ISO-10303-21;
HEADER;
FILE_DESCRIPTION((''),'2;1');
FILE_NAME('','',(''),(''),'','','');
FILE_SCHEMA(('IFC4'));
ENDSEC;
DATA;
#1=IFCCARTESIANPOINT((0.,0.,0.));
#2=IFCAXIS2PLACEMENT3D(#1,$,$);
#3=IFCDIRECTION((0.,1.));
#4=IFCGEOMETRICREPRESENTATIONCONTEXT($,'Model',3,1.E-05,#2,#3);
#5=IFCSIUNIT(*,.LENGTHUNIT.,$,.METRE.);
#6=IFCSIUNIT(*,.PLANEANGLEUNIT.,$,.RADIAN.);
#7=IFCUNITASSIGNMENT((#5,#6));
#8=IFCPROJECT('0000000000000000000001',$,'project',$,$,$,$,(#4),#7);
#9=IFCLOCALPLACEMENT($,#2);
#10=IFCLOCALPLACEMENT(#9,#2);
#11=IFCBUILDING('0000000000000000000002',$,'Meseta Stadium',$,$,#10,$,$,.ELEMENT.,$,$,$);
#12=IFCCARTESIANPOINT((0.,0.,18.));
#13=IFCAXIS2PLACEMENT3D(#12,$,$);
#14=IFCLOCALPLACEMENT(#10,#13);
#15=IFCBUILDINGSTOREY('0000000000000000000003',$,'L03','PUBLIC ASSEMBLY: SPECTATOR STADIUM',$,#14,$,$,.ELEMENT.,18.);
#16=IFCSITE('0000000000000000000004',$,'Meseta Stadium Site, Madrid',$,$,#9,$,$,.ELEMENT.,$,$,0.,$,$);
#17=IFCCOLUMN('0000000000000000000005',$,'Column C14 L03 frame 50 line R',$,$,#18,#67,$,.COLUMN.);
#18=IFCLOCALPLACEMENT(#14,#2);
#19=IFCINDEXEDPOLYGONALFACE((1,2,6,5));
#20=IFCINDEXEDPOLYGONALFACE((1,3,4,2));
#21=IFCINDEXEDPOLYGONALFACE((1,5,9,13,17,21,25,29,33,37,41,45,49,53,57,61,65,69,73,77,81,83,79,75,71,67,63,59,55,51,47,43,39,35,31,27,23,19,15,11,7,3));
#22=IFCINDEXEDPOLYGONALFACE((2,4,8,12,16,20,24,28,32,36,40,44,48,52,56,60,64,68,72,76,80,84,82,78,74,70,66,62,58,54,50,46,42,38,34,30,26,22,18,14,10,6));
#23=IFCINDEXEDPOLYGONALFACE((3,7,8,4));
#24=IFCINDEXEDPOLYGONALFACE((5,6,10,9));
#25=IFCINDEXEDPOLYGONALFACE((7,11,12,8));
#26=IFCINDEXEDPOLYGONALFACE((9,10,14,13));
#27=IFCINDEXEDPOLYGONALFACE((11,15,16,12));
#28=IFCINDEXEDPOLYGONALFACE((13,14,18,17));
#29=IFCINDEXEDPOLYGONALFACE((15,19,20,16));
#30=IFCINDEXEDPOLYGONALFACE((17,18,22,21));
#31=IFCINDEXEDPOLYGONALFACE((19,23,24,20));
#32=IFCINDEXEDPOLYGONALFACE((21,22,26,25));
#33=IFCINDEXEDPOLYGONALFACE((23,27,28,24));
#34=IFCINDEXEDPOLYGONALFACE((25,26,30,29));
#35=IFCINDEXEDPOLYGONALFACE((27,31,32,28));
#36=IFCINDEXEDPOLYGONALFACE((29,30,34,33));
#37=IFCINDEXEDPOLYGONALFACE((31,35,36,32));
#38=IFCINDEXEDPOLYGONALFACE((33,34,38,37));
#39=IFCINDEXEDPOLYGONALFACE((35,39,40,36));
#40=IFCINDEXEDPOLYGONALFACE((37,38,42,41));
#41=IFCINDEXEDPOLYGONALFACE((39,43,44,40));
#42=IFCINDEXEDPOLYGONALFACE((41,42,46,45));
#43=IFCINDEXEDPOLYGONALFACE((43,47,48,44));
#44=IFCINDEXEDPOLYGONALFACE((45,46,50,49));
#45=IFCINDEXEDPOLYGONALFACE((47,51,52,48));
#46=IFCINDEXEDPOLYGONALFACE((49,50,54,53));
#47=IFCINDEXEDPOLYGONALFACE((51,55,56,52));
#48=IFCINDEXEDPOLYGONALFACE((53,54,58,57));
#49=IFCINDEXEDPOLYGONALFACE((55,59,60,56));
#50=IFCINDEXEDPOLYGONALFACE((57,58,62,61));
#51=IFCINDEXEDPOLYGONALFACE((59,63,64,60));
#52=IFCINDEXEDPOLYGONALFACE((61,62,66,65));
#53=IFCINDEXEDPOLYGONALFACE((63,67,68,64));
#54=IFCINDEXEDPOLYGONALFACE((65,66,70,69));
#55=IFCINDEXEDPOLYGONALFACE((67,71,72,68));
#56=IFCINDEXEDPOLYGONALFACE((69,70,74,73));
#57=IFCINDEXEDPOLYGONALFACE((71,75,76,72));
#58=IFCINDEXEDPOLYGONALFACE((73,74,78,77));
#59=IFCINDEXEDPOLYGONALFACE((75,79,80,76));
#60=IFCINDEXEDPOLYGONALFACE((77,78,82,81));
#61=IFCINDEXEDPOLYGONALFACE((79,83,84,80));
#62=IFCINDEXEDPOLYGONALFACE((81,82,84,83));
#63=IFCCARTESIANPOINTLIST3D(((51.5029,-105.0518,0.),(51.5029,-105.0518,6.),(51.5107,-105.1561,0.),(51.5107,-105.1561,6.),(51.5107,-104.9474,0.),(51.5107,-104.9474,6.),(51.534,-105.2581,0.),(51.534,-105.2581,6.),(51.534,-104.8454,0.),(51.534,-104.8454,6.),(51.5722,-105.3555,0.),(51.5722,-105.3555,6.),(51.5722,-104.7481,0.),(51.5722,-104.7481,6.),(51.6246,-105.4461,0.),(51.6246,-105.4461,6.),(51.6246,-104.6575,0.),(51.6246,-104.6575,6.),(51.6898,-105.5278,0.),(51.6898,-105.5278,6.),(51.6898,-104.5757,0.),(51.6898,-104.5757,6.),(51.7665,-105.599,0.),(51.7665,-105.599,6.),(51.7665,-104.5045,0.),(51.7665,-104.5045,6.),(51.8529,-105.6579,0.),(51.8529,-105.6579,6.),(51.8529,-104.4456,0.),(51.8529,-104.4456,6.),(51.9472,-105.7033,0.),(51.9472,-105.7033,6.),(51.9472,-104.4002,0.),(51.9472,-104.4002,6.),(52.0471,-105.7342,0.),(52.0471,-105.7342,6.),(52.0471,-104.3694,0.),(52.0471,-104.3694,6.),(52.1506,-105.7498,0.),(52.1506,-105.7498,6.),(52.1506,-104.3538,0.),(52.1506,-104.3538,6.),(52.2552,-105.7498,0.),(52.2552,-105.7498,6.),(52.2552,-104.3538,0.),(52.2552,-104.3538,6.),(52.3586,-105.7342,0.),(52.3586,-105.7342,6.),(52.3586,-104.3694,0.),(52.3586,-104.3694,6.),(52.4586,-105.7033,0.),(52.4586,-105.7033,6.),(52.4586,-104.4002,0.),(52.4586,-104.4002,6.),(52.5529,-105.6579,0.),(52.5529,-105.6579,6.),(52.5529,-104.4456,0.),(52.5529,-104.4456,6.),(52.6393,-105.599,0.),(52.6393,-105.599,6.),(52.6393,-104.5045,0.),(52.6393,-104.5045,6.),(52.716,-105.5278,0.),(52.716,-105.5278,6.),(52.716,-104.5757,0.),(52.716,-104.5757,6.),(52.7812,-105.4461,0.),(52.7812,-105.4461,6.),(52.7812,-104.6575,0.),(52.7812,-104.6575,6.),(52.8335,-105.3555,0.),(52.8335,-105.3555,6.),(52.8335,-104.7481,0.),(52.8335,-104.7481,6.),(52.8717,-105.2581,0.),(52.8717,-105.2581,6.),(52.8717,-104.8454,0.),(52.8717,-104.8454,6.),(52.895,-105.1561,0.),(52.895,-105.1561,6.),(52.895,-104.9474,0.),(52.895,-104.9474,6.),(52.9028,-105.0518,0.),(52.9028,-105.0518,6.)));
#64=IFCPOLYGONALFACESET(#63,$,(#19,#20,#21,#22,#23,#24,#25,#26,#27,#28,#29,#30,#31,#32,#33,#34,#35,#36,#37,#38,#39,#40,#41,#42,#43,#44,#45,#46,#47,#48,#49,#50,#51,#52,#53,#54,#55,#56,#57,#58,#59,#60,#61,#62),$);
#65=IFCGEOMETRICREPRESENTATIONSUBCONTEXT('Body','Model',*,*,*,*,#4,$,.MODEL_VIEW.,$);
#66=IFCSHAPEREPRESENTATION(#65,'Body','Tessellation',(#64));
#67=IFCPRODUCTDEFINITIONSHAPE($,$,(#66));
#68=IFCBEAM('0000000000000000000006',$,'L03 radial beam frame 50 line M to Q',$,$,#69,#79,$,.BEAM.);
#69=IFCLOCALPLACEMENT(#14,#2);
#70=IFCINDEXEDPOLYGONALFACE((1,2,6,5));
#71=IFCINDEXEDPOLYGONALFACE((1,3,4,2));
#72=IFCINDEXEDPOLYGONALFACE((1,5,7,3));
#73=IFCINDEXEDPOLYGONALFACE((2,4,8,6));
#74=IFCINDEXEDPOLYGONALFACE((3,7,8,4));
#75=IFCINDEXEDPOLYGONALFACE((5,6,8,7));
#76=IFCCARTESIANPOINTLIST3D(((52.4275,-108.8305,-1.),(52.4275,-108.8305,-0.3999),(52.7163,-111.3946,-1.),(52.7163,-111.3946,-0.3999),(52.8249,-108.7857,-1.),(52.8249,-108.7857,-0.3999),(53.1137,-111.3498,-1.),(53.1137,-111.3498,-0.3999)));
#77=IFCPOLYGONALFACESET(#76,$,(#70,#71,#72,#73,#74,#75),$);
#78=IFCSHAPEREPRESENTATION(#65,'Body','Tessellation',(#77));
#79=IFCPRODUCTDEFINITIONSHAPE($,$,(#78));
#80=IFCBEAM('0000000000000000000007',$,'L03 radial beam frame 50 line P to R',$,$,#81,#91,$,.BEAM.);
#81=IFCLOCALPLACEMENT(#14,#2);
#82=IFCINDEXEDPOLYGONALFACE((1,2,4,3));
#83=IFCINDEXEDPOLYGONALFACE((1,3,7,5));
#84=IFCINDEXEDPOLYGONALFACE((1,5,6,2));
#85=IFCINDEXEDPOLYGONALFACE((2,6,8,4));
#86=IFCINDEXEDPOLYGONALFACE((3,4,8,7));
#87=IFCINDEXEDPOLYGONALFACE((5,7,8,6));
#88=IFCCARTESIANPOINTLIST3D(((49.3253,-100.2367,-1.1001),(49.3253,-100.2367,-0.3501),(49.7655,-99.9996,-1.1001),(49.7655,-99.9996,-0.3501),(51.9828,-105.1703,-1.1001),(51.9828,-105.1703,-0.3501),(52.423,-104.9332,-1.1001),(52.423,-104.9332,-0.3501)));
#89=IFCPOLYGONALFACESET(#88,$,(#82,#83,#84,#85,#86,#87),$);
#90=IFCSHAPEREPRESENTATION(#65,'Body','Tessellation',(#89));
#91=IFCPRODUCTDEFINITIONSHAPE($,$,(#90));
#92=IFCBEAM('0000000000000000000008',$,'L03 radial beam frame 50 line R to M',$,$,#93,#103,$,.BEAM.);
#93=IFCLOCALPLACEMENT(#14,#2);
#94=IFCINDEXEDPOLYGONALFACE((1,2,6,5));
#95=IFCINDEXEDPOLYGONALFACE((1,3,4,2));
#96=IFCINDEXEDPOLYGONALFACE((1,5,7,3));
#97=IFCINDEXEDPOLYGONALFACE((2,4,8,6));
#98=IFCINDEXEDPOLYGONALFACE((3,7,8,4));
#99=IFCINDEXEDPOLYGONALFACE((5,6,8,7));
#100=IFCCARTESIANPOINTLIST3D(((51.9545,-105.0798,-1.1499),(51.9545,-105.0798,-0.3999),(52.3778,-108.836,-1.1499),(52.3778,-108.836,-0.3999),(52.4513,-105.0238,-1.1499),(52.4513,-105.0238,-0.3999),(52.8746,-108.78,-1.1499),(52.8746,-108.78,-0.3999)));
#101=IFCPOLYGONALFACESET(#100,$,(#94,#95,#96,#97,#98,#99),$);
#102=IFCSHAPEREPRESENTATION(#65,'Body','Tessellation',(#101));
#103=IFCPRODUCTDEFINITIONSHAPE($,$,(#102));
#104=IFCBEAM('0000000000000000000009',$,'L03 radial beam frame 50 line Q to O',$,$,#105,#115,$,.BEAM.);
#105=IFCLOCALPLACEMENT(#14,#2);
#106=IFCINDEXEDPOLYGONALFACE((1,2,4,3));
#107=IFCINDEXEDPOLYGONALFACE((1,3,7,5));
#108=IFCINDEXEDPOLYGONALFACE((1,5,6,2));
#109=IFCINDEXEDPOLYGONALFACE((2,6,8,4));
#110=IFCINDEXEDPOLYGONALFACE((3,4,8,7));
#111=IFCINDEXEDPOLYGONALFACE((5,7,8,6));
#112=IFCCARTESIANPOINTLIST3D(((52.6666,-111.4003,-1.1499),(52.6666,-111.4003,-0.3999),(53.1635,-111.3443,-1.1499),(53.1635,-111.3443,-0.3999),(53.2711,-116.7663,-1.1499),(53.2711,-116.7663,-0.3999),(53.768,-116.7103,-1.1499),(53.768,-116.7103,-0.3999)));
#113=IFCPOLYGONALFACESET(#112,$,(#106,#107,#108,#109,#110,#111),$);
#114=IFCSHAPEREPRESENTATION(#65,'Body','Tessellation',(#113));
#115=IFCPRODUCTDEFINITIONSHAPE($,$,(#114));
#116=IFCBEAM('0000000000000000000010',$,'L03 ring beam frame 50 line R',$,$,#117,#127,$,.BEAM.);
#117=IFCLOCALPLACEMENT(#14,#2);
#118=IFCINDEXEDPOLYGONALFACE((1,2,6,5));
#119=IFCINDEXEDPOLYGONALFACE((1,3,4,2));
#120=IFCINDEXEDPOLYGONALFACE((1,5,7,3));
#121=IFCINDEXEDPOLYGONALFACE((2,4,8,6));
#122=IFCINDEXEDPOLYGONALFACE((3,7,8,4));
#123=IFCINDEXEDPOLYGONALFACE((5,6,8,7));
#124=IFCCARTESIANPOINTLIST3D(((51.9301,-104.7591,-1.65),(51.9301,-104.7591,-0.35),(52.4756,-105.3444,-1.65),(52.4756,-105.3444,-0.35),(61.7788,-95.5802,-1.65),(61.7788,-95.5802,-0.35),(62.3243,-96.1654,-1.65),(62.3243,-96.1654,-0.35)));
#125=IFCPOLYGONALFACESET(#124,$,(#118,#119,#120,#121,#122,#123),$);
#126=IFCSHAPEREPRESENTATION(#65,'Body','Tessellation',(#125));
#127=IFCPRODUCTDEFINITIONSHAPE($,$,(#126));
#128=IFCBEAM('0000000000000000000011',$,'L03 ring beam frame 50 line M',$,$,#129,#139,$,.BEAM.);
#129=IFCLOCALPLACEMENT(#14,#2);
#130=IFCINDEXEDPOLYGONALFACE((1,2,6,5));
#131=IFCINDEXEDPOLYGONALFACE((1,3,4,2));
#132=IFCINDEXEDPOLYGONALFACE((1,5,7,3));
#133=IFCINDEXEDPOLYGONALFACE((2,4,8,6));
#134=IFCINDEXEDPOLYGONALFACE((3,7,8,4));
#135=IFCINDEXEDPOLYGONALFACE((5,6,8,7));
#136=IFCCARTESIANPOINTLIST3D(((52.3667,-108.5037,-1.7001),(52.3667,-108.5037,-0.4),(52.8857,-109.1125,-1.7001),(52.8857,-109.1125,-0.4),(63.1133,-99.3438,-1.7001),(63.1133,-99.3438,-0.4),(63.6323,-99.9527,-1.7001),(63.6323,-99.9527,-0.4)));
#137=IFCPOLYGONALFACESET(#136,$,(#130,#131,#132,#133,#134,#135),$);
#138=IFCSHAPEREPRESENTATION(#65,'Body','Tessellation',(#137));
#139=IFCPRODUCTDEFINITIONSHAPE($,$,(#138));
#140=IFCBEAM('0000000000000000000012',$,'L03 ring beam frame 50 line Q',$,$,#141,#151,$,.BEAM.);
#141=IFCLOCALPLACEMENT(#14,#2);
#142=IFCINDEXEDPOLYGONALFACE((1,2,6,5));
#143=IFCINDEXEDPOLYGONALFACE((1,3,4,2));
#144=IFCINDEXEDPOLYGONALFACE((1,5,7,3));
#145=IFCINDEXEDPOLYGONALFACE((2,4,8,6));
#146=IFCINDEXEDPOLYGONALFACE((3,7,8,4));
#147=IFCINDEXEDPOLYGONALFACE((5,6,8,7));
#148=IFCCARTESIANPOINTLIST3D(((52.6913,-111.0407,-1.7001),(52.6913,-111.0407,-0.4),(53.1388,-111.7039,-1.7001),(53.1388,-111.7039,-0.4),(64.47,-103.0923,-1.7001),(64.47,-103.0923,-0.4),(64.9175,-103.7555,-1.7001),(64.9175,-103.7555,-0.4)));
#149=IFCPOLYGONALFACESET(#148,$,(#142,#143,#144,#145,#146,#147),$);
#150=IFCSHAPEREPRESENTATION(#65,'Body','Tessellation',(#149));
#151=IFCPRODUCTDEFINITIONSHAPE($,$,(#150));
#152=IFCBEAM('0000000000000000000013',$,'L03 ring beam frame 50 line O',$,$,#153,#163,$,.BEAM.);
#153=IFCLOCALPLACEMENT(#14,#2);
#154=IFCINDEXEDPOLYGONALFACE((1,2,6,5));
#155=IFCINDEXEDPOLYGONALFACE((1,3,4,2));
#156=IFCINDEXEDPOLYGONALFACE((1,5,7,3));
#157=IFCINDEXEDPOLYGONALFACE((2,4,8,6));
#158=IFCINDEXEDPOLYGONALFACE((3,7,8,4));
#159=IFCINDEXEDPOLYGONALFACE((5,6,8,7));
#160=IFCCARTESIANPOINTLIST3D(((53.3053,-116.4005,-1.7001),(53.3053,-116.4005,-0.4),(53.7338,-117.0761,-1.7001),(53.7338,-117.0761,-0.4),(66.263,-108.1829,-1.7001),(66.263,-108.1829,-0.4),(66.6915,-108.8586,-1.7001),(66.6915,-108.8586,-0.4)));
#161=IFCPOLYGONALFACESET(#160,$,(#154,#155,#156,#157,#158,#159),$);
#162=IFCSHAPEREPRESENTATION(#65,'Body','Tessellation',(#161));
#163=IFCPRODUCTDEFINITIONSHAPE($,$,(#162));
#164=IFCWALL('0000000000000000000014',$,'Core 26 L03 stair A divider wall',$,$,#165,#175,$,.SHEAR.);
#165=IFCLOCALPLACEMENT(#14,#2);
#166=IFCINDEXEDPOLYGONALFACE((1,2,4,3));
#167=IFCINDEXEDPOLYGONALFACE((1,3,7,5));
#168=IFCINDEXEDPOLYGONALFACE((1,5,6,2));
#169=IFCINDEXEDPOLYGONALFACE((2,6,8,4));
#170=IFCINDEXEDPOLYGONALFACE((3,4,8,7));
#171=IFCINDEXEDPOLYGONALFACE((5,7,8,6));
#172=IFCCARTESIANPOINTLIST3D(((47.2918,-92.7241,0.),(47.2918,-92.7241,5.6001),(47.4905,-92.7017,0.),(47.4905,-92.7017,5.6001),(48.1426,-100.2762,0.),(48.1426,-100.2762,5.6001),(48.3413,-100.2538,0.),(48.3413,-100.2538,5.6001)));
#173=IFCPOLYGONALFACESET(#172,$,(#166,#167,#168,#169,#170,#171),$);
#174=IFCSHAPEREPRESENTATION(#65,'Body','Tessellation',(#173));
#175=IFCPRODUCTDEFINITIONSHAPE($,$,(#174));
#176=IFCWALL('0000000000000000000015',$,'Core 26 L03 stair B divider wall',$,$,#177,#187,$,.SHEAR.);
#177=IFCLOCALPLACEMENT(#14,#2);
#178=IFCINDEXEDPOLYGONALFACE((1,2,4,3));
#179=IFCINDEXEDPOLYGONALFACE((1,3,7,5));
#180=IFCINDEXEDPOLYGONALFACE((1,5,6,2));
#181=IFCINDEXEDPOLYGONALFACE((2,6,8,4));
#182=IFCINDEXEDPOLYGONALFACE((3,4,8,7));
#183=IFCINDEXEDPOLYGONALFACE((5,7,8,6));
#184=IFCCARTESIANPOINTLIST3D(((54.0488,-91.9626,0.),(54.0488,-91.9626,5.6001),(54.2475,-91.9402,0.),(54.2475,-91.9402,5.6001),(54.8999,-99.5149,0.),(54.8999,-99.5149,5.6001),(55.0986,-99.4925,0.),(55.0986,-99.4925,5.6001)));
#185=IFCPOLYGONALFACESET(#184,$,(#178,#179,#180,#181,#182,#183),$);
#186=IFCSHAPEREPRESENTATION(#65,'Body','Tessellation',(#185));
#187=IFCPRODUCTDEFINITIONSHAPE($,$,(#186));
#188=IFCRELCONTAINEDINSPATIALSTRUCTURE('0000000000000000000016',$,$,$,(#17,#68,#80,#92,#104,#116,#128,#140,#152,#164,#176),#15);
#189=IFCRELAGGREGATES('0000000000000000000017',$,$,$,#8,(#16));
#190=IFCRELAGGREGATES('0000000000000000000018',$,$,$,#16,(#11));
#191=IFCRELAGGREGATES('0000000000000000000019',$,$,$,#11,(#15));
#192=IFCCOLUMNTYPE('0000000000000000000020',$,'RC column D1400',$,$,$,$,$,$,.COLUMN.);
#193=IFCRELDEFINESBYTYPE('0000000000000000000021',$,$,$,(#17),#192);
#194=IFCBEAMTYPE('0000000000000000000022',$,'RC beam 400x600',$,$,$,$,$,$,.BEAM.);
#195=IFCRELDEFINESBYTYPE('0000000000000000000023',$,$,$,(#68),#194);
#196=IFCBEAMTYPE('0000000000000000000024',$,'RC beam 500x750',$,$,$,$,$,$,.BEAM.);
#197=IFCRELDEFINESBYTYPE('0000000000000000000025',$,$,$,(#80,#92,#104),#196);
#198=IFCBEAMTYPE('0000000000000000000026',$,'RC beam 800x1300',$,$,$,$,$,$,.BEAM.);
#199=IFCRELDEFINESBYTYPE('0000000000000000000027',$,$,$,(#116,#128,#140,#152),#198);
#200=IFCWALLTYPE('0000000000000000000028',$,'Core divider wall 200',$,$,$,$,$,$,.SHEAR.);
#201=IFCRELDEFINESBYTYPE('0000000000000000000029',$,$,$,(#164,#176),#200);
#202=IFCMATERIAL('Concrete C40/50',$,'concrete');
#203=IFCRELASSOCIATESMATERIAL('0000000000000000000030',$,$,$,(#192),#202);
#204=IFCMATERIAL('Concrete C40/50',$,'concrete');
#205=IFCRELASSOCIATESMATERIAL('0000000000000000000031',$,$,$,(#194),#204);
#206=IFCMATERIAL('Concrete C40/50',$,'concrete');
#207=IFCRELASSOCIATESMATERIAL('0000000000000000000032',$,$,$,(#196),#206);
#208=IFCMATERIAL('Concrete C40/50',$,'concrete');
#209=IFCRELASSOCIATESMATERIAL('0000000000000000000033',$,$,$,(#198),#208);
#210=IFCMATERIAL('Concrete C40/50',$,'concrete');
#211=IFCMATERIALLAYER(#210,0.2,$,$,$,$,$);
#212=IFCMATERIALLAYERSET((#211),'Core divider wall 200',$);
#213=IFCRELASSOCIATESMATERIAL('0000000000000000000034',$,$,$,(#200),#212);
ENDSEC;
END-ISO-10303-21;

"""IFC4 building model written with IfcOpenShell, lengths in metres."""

from ifc_helpers import new_model, si_unit, direction, frame, frame_2d, origin, origin_2d, place, context, subcontext, project, spatial, rectangle, circle, extrude, material, layer, layer_set, material_profile, profile_set, type_object, element, save


model = new_model("IFC4")

# Units and contexts
model_context = context("Model", 3, precision=1e-05, world=origin(), true_north=direction((0.0, 1.0)))
body_context = subcontext(model_context, "Body", "Model", "MODEL_VIEW")
ifc_project = project(units=[si_unit("LENGTHUNIT", "METRE"), si_unit("PLANEANGLEUNIT", "RADIAN")], contexts=[model_context])

# Site, building, storey
site_placement = place(None, origin())
site = spatial("IfcSite", under=ifc_project, at=site_placement, Name="Meseta Stadium Site, Madrid", CompositionType="ELEMENT", RefElevation=0.0)
building_placement = place(site_placement, origin())
building = spatial("IfcBuilding", under=site, at=building_placement, Name="Meseta Stadium", CompositionType="ELEMENT")
storey_placement = place(building_placement, frame((0.0, 0.0, 18.0)))
storey = spatial("IfcBuildingStorey", under=building, at=storey_placement, Name="L03", Description="PUBLIC ASSEMBLY: SPECTATOR STADIUM", CompositionType="ELEMENT", Elevation=18.0)

# Column
ifc_material_1 = material(Name="Concrete C40/50", Category="concrete")
ifc_material_profile_1 = material_profile(ifc_material_1, circle(Radius=0.7, at=origin_2d()), Name="RC D1400")
ifc_profile_set_1 = profile_set([ifc_material_profile_1], Name="Concrete C40/50")
column_type = type_object("IfcColumnType", Name="RC column D1400", PredefinedType="COLUMN", material=ifc_profile_set_1)
column_placement = place(storey_placement, frame((52.2029, -105.0518, 0.0), z_axis=(0.0, 0.0, 1.0), x_axis=(1.0, 0.0, 0.0)))
element("IfcColumn", 1, at=column_placement, inside=storey, type_object=column_type, Name="Column C14 L03 frame 50 line R", PredefinedType="COLUMN", context=body_context, shape_type="SweptSolid", body=[
    extrude(circle(Radius=0.7, at=origin_2d()), origin(), (0.0, 0.0, 1.0), 6.0),
])

# Beams
ifc_material_2 = material(Name="Concrete C40/50", Category="concrete")
ifc_material_profile_2 = material_profile(ifc_material_2, rectangle(XDim=0.3999, YDim=0.6001, at=origin_2d()), Name="RC 400x600")
ifc_profile_set_2 = profile_set([ifc_material_profile_2], Name="Concrete C40/50")
beam_type_1 = type_object("IfcBeamType", Name="RC beam 400x600", PredefinedType="BEAM", material=ifc_profile_set_2)
beam_1_placement = place(storey_placement, frame((52.6262, -108.8081, -0.7), z_axis=(0.111927, -0.993716, 0.0), x_axis=(0.993716, 0.111927, 0.0)))
element("IfcBeam", 2, at=beam_1_placement, inside=storey, type_object=beam_type_1, Name="L03 radial beam frame 50 line M to Q", PredefinedType="BEAM", context=body_context, shape_type="SweptSolid", body=[
    extrude(rectangle(XDim=0.3999, YDim=0.6001, at=origin_2d()), origin(), (0.0, 0.0, 1.0), 2.5803),
])
ifc_material_3 = material(Name="Concrete C40/50", Category="concrete")
ifc_material_profile_3 = material_profile(ifc_material_3, rectangle(XDim=0.5, YDim=0.75, at=origin_2d()), Name="RC 500x750")
ifc_profile_set_3 = profile_set([ifc_material_profile_3], Name="Concrete C40/50")
beam_type_2 = type_object("IfcBeamType", Name="RC beam 500x750", PredefinedType="BEAM", material=ifc_profile_set_3)
beam_2_placement = place(storey_placement, frame((49.5454, -100.1182, -0.7251), z_axis=(0.474227, -0.880403, 0.0), x_axis=(0.880403, 0.474227, 0.0)))
element("IfcBeam", 3, at=beam_2_placement, inside=storey, type_object=beam_type_2, Name="L03 radial beam frame 50 line P to R", PredefinedType="BEAM", context=body_context, shape_type="SweptSolid", body=[
    extrude(rectangle(XDim=0.5, YDim=0.75, at=origin_2d()), origin(), (0.0, 0.0, 1.0), 5.6038),
])
beam_3_placement = place(storey_placement, frame((52.2029, -105.0518, -0.7749), z_axis=(0.111991, -0.993709, 0.0), x_axis=(0.993709, 0.111991, 0.0)))
element("IfcBeam", 4, at=beam_3_placement, inside=storey, type_object=beam_type_2, Name="L03 radial beam frame 50 line R to M", PredefinedType="BEAM", context=body_context, shape_type="SweptSolid", body=[
    extrude(rectangle(XDim=0.5, YDim=0.75, at=origin_2d()), origin(), (0.0, 0.0, 1.0), 3.78),
])
beam_4_placement = place(storey_placement, frame((52.915, -111.3723, -0.7749), z_axis=(0.111945, -0.993714, 0.0), x_axis=(0.993714, 0.111945, 0.0)))
element("IfcBeam", 5, at=beam_4_placement, inside=storey, type_object=beam_type_2, Name="L03 radial beam frame 50 line Q to O", PredefinedType="BEAM", context=body_context, shape_type="SweptSolid", body=[
    extrude(rectangle(XDim=0.5, YDim=0.75, at=origin_2d()), origin(), (0.0, 0.0, 1.0), 5.3999),
])
ifc_material_4 = material(Name="Concrete C40/50", Category="concrete")
ifc_material_profile_4 = material_profile(ifc_material_4, rectangle(XDim=0.8, YDim=1.3, at=origin_2d()), Name="RC 800x1300")
ifc_profile_set_4 = profile_set([ifc_material_profile_4], Name="Concrete C40/50")
beam_type_3 = type_object("IfcBeamType", Name="RC beam 800x1300", PredefinedType="BEAM", material=ifc_profile_set_4)
beam_5_placement = place(storey_placement, frame((52.2029, -105.0518, -1.0), z_axis=(0.731541, 0.681798, 0.0), x_axis=(-0.681798, 0.731541, 0.0)))
element("IfcBeam", 6, at=beam_5_placement, inside=storey, type_object=beam_type_3, Name="L03 ring beam frame 50 line R", PredefinedType="BEAM", context=body_context, shape_type="SweptSolid", body=[
    extrude(rectangle(XDim=0.8, YDim=1.3, at=origin_2d()), origin(), (0.0, 0.0, 1.0), 13.4629),
])
beam_6_placement = place(storey_placement, frame((52.6262, -108.8081, -1.05), z_axis=(0.761054, 0.648689, 0.0), x_axis=(-0.648689, 0.761054, 0.0)))
element("IfcBeam", 7, at=beam_6_placement, inside=storey, type_object=beam_type_3, Name="L03 ring beam frame 50 line M", PredefinedType="BEAM", context=body_context, shape_type="SweptSolid", body=[
    extrude(rectangle(XDim=0.8, YDim=1.3, at=origin_2d()), origin(), (0.0, 0.0, 1.0), 14.1206),
])
beam_7_placement = place(storey_placement, frame((52.915, -111.3723, -1.05), z_axis=(0.828921, 0.559366, 0.0), x_axis=(-0.559366, 0.828921, 0.0)))
element("IfcBeam", 8, at=beam_7_placement, inside=storey, type_object=beam_type_3, Name="L03 ring beam frame 50 line Q", PredefinedType="BEAM", context=body_context, shape_type="SweptSolid", body=[
    extrude(rectangle(XDim=0.8, YDim=1.3, at=origin_2d()), origin(), (0.0, 0.0, 1.0), 14.2097),
])
beam_8_placement = place(storey_placement, frame((53.5195, -116.7383, -1.05), z_axis=(0.844496, 0.535561, 0.0), x_axis=(-0.535561, 0.844496, 0.0)))
element("IfcBeam", 9, at=beam_8_placement, inside=storey, type_object=beam_type_3, Name="L03 ring beam frame 50 line O", PredefinedType="BEAM", context=body_context, shape_type="SweptSolid", body=[
    extrude(rectangle(XDim=0.8, YDim=1.3, at=origin_2d()), origin(), (0.0, 0.0, 1.0), 15.3438),
])

# Walls
ifc_material_5 = material(Name="Concrete C40/50", Category="concrete")
ifc_layer_1 = layer(ifc_material_5, 0.2)
ifc_layer_set_1 = layer_set([ifc_layer_1], Name="Core divider wall 200")
wall_type_1 = type_object("IfcWallType", Name="Core divider wall 200", PredefinedType="SHEAR", material=ifc_layer_set_1)
wall_1_placement = place(storey_placement, frame((48.2419, -100.2649, 0.0), z_axis=(0.0, 0.0, 1.0), x_axis=(-0.111955, 0.993713, 0.0)))
element("IfcWall", 10, at=wall_1_placement, inside=storey, type_object=wall_type_1, Name="Core 26 L03 stair A divider wall", PredefinedType="SHEAR", context=body_context, shape_type="SweptSolid", body=[
    extrude(rectangle(XDim=7.5999, YDim=0.2, at=frame_2d((3.7998, 0.0))), origin(), (0.0, 0.0, 1.0), 5.6001),
])
wall_2_placement = place(storey_placement, frame((54.9993, -99.5037, 0.0), z_axis=(0.0, 0.0, 1.0), x_axis=(-0.111983, 0.99371, 0.0)))
element("IfcWall", 11, at=wall_2_placement, inside=storey, type_object=wall_type_1, Name="Core 26 L03 stair B divider wall", PredefinedType="SHEAR", context=body_context, shape_type="SweptSolid", body=[
    extrude(rectangle(XDim=7.6001, YDim=0.2, at=frame_2d((3.8, 0.0))), origin(), (0.0, 0.0, 1.0), 5.6001),
])

save(model, "model.ifc")
